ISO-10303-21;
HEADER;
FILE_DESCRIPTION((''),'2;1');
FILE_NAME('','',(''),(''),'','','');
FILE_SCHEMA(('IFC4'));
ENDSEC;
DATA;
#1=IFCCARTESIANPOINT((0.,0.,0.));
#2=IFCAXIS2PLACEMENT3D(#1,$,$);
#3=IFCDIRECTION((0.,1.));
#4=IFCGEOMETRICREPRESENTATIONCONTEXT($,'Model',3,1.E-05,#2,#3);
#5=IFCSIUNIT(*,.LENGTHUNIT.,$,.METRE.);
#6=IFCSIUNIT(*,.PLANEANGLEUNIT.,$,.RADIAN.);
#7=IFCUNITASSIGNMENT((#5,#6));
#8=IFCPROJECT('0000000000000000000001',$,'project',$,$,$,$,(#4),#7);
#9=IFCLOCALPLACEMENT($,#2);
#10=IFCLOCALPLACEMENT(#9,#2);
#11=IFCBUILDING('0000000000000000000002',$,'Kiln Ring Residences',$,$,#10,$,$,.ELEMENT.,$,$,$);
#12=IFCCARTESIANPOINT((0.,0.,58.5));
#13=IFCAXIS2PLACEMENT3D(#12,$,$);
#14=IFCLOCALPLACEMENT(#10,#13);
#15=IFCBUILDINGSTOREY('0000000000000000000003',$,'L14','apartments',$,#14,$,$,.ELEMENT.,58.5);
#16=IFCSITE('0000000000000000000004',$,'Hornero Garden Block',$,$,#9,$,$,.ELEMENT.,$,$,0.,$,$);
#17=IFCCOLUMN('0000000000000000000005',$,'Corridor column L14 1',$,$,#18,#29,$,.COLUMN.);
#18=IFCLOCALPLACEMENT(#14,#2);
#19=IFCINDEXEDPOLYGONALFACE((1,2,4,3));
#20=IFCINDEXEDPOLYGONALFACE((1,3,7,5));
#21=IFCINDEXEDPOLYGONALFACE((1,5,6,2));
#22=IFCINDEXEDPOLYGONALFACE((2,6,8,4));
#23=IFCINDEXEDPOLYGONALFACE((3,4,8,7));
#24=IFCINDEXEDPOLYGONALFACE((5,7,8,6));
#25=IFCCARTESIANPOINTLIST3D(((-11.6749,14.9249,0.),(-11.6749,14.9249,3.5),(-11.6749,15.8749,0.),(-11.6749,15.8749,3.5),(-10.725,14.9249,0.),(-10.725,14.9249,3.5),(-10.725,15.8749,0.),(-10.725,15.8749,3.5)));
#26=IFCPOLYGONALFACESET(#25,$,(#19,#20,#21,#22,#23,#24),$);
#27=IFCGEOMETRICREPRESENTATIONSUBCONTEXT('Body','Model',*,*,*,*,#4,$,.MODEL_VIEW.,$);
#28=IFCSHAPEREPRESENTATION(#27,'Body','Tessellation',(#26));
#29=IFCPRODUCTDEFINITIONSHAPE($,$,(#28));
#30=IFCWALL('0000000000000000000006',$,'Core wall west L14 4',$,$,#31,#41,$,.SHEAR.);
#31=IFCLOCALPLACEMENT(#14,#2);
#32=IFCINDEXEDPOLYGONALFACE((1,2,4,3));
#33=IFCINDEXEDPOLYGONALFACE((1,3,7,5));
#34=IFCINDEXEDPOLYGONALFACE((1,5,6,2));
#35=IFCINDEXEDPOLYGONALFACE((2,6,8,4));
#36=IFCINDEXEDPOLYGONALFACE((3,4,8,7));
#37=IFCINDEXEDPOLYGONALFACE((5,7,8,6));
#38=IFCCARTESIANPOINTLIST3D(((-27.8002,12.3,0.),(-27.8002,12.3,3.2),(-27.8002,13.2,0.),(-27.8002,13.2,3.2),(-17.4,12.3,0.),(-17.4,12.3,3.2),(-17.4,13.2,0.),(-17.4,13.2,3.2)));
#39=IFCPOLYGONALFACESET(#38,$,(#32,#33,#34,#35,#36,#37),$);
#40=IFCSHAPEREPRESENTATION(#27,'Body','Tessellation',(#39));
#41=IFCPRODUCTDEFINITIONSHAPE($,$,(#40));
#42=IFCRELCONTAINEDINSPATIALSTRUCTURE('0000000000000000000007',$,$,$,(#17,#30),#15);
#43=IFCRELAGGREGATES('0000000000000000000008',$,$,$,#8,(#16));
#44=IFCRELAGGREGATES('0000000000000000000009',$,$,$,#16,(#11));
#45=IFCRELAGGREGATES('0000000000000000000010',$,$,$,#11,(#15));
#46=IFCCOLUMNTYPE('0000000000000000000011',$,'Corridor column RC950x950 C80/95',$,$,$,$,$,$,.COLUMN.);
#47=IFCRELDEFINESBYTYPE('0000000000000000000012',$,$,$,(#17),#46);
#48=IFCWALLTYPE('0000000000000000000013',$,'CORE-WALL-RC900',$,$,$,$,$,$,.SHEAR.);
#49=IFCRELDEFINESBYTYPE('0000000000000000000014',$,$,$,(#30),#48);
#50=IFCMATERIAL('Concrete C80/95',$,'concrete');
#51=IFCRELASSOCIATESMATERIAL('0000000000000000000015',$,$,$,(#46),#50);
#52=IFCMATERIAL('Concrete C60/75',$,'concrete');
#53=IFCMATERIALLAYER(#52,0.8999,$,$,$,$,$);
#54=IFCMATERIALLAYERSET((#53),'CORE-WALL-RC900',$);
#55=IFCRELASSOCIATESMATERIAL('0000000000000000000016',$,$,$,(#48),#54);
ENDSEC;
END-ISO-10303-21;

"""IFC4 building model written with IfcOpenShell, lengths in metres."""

from ifc_helpers import new_model, si_unit, direction, frame, frame_2d, origin, origin_2d, place, context, subcontext, project, spatial, rectangle, extrude, material, layer, layer_set, material_profile, profile_set, type_object, element, save


model = new_model("IFC4")

# Units and contexts
model_context = context("Model", 3, precision=1e-05, world=origin(), true_north=direction((0.0, 1.0)))
body_context = subcontext(model_context, "Body", "Model", "MODEL_VIEW")
ifc_project = project(units=[si_unit("LENGTHUNIT", "METRE"), si_unit("PLANEANGLEUNIT", "RADIAN")], contexts=[model_context])

# Site, building, storey
site_placement = place(None, origin())
site = spatial("IfcSite", under=ifc_project, at=site_placement, Name="Hornero Garden Block", CompositionType="ELEMENT", RefElevation=0.0)
building_placement = place(site_placement, origin())
building = spatial("IfcBuilding", under=site, at=building_placement, Name="Kiln Ring Residences", CompositionType="ELEMENT")
storey_placement = place(building_placement, frame((0.0, 0.0, 58.5)))
storey = spatial("IfcBuildingStorey", under=building, at=storey_placement, Name="L14", Description="apartments", CompositionType="ELEMENT", Elevation=58.5)

# Column
ifc_material_1 = material(Name="Concrete C80/95", Category="concrete")
ifc_material_profile = material_profile(ifc_material_1, rectangle(XDim=0.95, YDim=0.95, at=origin_2d()), Name="RC950x950")
ifc_profile_set = profile_set([ifc_material_profile], Name="Concrete C80/95")
column_type = type_object("IfcColumnType", Name="Corridor column RC950x950 C80/95", PredefinedType="COLUMN", material=ifc_profile_set)
column_placement = place(storey_placement, frame((-11.2, 15.3999, 0.0), z_axis=(0.0, 0.0, 1.0), x_axis=(1.0, 0.0, 0.0)))
element("IfcColumn", 1, at=column_placement, inside=storey, type_object=column_type, Name="Corridor column L14 1", PredefinedType="COLUMN", context=body_context, shape_type="SweptSolid", body=[
    extrude(rectangle(XDim=0.95, YDim=0.95, at=origin_2d()), origin(), (0.0, 0.0, 1.0), 3.5),
])

# Wall
ifc_material_2 = material(Name="Concrete C60/75", Category="concrete")
ifc_layer_1 = layer(ifc_material_2, 0.8999)
ifc_layer_set_1 = layer_set([ifc_layer_1], Name="CORE-WALL-RC900")
wall_type_1 = type_object("IfcWallType", Name="CORE-WALL-RC900", PredefinedType="SHEAR", material=ifc_layer_set_1)
wall_1_placement = place(storey_placement, frame((-17.3999, 12.75, 0.0), z_axis=(0.0, 0.0, 1.0), x_axis=(-1.0, 0.0, 0.0)))
element("IfcWall", 2, at=wall_1_placement, inside=storey, type_object=wall_type_1, Name="Core wall west L14 4", PredefinedType="SHEAR", context=body_context, shape_type="SweptSolid", body=[
    extrude(rectangle(XDim=10.4001, YDim=0.8999, at=frame_2d((5.2002, 0.0))), origin(), (0.0, 0.0, 1.0), 3.2),
])

save(model, "model.ifc")
